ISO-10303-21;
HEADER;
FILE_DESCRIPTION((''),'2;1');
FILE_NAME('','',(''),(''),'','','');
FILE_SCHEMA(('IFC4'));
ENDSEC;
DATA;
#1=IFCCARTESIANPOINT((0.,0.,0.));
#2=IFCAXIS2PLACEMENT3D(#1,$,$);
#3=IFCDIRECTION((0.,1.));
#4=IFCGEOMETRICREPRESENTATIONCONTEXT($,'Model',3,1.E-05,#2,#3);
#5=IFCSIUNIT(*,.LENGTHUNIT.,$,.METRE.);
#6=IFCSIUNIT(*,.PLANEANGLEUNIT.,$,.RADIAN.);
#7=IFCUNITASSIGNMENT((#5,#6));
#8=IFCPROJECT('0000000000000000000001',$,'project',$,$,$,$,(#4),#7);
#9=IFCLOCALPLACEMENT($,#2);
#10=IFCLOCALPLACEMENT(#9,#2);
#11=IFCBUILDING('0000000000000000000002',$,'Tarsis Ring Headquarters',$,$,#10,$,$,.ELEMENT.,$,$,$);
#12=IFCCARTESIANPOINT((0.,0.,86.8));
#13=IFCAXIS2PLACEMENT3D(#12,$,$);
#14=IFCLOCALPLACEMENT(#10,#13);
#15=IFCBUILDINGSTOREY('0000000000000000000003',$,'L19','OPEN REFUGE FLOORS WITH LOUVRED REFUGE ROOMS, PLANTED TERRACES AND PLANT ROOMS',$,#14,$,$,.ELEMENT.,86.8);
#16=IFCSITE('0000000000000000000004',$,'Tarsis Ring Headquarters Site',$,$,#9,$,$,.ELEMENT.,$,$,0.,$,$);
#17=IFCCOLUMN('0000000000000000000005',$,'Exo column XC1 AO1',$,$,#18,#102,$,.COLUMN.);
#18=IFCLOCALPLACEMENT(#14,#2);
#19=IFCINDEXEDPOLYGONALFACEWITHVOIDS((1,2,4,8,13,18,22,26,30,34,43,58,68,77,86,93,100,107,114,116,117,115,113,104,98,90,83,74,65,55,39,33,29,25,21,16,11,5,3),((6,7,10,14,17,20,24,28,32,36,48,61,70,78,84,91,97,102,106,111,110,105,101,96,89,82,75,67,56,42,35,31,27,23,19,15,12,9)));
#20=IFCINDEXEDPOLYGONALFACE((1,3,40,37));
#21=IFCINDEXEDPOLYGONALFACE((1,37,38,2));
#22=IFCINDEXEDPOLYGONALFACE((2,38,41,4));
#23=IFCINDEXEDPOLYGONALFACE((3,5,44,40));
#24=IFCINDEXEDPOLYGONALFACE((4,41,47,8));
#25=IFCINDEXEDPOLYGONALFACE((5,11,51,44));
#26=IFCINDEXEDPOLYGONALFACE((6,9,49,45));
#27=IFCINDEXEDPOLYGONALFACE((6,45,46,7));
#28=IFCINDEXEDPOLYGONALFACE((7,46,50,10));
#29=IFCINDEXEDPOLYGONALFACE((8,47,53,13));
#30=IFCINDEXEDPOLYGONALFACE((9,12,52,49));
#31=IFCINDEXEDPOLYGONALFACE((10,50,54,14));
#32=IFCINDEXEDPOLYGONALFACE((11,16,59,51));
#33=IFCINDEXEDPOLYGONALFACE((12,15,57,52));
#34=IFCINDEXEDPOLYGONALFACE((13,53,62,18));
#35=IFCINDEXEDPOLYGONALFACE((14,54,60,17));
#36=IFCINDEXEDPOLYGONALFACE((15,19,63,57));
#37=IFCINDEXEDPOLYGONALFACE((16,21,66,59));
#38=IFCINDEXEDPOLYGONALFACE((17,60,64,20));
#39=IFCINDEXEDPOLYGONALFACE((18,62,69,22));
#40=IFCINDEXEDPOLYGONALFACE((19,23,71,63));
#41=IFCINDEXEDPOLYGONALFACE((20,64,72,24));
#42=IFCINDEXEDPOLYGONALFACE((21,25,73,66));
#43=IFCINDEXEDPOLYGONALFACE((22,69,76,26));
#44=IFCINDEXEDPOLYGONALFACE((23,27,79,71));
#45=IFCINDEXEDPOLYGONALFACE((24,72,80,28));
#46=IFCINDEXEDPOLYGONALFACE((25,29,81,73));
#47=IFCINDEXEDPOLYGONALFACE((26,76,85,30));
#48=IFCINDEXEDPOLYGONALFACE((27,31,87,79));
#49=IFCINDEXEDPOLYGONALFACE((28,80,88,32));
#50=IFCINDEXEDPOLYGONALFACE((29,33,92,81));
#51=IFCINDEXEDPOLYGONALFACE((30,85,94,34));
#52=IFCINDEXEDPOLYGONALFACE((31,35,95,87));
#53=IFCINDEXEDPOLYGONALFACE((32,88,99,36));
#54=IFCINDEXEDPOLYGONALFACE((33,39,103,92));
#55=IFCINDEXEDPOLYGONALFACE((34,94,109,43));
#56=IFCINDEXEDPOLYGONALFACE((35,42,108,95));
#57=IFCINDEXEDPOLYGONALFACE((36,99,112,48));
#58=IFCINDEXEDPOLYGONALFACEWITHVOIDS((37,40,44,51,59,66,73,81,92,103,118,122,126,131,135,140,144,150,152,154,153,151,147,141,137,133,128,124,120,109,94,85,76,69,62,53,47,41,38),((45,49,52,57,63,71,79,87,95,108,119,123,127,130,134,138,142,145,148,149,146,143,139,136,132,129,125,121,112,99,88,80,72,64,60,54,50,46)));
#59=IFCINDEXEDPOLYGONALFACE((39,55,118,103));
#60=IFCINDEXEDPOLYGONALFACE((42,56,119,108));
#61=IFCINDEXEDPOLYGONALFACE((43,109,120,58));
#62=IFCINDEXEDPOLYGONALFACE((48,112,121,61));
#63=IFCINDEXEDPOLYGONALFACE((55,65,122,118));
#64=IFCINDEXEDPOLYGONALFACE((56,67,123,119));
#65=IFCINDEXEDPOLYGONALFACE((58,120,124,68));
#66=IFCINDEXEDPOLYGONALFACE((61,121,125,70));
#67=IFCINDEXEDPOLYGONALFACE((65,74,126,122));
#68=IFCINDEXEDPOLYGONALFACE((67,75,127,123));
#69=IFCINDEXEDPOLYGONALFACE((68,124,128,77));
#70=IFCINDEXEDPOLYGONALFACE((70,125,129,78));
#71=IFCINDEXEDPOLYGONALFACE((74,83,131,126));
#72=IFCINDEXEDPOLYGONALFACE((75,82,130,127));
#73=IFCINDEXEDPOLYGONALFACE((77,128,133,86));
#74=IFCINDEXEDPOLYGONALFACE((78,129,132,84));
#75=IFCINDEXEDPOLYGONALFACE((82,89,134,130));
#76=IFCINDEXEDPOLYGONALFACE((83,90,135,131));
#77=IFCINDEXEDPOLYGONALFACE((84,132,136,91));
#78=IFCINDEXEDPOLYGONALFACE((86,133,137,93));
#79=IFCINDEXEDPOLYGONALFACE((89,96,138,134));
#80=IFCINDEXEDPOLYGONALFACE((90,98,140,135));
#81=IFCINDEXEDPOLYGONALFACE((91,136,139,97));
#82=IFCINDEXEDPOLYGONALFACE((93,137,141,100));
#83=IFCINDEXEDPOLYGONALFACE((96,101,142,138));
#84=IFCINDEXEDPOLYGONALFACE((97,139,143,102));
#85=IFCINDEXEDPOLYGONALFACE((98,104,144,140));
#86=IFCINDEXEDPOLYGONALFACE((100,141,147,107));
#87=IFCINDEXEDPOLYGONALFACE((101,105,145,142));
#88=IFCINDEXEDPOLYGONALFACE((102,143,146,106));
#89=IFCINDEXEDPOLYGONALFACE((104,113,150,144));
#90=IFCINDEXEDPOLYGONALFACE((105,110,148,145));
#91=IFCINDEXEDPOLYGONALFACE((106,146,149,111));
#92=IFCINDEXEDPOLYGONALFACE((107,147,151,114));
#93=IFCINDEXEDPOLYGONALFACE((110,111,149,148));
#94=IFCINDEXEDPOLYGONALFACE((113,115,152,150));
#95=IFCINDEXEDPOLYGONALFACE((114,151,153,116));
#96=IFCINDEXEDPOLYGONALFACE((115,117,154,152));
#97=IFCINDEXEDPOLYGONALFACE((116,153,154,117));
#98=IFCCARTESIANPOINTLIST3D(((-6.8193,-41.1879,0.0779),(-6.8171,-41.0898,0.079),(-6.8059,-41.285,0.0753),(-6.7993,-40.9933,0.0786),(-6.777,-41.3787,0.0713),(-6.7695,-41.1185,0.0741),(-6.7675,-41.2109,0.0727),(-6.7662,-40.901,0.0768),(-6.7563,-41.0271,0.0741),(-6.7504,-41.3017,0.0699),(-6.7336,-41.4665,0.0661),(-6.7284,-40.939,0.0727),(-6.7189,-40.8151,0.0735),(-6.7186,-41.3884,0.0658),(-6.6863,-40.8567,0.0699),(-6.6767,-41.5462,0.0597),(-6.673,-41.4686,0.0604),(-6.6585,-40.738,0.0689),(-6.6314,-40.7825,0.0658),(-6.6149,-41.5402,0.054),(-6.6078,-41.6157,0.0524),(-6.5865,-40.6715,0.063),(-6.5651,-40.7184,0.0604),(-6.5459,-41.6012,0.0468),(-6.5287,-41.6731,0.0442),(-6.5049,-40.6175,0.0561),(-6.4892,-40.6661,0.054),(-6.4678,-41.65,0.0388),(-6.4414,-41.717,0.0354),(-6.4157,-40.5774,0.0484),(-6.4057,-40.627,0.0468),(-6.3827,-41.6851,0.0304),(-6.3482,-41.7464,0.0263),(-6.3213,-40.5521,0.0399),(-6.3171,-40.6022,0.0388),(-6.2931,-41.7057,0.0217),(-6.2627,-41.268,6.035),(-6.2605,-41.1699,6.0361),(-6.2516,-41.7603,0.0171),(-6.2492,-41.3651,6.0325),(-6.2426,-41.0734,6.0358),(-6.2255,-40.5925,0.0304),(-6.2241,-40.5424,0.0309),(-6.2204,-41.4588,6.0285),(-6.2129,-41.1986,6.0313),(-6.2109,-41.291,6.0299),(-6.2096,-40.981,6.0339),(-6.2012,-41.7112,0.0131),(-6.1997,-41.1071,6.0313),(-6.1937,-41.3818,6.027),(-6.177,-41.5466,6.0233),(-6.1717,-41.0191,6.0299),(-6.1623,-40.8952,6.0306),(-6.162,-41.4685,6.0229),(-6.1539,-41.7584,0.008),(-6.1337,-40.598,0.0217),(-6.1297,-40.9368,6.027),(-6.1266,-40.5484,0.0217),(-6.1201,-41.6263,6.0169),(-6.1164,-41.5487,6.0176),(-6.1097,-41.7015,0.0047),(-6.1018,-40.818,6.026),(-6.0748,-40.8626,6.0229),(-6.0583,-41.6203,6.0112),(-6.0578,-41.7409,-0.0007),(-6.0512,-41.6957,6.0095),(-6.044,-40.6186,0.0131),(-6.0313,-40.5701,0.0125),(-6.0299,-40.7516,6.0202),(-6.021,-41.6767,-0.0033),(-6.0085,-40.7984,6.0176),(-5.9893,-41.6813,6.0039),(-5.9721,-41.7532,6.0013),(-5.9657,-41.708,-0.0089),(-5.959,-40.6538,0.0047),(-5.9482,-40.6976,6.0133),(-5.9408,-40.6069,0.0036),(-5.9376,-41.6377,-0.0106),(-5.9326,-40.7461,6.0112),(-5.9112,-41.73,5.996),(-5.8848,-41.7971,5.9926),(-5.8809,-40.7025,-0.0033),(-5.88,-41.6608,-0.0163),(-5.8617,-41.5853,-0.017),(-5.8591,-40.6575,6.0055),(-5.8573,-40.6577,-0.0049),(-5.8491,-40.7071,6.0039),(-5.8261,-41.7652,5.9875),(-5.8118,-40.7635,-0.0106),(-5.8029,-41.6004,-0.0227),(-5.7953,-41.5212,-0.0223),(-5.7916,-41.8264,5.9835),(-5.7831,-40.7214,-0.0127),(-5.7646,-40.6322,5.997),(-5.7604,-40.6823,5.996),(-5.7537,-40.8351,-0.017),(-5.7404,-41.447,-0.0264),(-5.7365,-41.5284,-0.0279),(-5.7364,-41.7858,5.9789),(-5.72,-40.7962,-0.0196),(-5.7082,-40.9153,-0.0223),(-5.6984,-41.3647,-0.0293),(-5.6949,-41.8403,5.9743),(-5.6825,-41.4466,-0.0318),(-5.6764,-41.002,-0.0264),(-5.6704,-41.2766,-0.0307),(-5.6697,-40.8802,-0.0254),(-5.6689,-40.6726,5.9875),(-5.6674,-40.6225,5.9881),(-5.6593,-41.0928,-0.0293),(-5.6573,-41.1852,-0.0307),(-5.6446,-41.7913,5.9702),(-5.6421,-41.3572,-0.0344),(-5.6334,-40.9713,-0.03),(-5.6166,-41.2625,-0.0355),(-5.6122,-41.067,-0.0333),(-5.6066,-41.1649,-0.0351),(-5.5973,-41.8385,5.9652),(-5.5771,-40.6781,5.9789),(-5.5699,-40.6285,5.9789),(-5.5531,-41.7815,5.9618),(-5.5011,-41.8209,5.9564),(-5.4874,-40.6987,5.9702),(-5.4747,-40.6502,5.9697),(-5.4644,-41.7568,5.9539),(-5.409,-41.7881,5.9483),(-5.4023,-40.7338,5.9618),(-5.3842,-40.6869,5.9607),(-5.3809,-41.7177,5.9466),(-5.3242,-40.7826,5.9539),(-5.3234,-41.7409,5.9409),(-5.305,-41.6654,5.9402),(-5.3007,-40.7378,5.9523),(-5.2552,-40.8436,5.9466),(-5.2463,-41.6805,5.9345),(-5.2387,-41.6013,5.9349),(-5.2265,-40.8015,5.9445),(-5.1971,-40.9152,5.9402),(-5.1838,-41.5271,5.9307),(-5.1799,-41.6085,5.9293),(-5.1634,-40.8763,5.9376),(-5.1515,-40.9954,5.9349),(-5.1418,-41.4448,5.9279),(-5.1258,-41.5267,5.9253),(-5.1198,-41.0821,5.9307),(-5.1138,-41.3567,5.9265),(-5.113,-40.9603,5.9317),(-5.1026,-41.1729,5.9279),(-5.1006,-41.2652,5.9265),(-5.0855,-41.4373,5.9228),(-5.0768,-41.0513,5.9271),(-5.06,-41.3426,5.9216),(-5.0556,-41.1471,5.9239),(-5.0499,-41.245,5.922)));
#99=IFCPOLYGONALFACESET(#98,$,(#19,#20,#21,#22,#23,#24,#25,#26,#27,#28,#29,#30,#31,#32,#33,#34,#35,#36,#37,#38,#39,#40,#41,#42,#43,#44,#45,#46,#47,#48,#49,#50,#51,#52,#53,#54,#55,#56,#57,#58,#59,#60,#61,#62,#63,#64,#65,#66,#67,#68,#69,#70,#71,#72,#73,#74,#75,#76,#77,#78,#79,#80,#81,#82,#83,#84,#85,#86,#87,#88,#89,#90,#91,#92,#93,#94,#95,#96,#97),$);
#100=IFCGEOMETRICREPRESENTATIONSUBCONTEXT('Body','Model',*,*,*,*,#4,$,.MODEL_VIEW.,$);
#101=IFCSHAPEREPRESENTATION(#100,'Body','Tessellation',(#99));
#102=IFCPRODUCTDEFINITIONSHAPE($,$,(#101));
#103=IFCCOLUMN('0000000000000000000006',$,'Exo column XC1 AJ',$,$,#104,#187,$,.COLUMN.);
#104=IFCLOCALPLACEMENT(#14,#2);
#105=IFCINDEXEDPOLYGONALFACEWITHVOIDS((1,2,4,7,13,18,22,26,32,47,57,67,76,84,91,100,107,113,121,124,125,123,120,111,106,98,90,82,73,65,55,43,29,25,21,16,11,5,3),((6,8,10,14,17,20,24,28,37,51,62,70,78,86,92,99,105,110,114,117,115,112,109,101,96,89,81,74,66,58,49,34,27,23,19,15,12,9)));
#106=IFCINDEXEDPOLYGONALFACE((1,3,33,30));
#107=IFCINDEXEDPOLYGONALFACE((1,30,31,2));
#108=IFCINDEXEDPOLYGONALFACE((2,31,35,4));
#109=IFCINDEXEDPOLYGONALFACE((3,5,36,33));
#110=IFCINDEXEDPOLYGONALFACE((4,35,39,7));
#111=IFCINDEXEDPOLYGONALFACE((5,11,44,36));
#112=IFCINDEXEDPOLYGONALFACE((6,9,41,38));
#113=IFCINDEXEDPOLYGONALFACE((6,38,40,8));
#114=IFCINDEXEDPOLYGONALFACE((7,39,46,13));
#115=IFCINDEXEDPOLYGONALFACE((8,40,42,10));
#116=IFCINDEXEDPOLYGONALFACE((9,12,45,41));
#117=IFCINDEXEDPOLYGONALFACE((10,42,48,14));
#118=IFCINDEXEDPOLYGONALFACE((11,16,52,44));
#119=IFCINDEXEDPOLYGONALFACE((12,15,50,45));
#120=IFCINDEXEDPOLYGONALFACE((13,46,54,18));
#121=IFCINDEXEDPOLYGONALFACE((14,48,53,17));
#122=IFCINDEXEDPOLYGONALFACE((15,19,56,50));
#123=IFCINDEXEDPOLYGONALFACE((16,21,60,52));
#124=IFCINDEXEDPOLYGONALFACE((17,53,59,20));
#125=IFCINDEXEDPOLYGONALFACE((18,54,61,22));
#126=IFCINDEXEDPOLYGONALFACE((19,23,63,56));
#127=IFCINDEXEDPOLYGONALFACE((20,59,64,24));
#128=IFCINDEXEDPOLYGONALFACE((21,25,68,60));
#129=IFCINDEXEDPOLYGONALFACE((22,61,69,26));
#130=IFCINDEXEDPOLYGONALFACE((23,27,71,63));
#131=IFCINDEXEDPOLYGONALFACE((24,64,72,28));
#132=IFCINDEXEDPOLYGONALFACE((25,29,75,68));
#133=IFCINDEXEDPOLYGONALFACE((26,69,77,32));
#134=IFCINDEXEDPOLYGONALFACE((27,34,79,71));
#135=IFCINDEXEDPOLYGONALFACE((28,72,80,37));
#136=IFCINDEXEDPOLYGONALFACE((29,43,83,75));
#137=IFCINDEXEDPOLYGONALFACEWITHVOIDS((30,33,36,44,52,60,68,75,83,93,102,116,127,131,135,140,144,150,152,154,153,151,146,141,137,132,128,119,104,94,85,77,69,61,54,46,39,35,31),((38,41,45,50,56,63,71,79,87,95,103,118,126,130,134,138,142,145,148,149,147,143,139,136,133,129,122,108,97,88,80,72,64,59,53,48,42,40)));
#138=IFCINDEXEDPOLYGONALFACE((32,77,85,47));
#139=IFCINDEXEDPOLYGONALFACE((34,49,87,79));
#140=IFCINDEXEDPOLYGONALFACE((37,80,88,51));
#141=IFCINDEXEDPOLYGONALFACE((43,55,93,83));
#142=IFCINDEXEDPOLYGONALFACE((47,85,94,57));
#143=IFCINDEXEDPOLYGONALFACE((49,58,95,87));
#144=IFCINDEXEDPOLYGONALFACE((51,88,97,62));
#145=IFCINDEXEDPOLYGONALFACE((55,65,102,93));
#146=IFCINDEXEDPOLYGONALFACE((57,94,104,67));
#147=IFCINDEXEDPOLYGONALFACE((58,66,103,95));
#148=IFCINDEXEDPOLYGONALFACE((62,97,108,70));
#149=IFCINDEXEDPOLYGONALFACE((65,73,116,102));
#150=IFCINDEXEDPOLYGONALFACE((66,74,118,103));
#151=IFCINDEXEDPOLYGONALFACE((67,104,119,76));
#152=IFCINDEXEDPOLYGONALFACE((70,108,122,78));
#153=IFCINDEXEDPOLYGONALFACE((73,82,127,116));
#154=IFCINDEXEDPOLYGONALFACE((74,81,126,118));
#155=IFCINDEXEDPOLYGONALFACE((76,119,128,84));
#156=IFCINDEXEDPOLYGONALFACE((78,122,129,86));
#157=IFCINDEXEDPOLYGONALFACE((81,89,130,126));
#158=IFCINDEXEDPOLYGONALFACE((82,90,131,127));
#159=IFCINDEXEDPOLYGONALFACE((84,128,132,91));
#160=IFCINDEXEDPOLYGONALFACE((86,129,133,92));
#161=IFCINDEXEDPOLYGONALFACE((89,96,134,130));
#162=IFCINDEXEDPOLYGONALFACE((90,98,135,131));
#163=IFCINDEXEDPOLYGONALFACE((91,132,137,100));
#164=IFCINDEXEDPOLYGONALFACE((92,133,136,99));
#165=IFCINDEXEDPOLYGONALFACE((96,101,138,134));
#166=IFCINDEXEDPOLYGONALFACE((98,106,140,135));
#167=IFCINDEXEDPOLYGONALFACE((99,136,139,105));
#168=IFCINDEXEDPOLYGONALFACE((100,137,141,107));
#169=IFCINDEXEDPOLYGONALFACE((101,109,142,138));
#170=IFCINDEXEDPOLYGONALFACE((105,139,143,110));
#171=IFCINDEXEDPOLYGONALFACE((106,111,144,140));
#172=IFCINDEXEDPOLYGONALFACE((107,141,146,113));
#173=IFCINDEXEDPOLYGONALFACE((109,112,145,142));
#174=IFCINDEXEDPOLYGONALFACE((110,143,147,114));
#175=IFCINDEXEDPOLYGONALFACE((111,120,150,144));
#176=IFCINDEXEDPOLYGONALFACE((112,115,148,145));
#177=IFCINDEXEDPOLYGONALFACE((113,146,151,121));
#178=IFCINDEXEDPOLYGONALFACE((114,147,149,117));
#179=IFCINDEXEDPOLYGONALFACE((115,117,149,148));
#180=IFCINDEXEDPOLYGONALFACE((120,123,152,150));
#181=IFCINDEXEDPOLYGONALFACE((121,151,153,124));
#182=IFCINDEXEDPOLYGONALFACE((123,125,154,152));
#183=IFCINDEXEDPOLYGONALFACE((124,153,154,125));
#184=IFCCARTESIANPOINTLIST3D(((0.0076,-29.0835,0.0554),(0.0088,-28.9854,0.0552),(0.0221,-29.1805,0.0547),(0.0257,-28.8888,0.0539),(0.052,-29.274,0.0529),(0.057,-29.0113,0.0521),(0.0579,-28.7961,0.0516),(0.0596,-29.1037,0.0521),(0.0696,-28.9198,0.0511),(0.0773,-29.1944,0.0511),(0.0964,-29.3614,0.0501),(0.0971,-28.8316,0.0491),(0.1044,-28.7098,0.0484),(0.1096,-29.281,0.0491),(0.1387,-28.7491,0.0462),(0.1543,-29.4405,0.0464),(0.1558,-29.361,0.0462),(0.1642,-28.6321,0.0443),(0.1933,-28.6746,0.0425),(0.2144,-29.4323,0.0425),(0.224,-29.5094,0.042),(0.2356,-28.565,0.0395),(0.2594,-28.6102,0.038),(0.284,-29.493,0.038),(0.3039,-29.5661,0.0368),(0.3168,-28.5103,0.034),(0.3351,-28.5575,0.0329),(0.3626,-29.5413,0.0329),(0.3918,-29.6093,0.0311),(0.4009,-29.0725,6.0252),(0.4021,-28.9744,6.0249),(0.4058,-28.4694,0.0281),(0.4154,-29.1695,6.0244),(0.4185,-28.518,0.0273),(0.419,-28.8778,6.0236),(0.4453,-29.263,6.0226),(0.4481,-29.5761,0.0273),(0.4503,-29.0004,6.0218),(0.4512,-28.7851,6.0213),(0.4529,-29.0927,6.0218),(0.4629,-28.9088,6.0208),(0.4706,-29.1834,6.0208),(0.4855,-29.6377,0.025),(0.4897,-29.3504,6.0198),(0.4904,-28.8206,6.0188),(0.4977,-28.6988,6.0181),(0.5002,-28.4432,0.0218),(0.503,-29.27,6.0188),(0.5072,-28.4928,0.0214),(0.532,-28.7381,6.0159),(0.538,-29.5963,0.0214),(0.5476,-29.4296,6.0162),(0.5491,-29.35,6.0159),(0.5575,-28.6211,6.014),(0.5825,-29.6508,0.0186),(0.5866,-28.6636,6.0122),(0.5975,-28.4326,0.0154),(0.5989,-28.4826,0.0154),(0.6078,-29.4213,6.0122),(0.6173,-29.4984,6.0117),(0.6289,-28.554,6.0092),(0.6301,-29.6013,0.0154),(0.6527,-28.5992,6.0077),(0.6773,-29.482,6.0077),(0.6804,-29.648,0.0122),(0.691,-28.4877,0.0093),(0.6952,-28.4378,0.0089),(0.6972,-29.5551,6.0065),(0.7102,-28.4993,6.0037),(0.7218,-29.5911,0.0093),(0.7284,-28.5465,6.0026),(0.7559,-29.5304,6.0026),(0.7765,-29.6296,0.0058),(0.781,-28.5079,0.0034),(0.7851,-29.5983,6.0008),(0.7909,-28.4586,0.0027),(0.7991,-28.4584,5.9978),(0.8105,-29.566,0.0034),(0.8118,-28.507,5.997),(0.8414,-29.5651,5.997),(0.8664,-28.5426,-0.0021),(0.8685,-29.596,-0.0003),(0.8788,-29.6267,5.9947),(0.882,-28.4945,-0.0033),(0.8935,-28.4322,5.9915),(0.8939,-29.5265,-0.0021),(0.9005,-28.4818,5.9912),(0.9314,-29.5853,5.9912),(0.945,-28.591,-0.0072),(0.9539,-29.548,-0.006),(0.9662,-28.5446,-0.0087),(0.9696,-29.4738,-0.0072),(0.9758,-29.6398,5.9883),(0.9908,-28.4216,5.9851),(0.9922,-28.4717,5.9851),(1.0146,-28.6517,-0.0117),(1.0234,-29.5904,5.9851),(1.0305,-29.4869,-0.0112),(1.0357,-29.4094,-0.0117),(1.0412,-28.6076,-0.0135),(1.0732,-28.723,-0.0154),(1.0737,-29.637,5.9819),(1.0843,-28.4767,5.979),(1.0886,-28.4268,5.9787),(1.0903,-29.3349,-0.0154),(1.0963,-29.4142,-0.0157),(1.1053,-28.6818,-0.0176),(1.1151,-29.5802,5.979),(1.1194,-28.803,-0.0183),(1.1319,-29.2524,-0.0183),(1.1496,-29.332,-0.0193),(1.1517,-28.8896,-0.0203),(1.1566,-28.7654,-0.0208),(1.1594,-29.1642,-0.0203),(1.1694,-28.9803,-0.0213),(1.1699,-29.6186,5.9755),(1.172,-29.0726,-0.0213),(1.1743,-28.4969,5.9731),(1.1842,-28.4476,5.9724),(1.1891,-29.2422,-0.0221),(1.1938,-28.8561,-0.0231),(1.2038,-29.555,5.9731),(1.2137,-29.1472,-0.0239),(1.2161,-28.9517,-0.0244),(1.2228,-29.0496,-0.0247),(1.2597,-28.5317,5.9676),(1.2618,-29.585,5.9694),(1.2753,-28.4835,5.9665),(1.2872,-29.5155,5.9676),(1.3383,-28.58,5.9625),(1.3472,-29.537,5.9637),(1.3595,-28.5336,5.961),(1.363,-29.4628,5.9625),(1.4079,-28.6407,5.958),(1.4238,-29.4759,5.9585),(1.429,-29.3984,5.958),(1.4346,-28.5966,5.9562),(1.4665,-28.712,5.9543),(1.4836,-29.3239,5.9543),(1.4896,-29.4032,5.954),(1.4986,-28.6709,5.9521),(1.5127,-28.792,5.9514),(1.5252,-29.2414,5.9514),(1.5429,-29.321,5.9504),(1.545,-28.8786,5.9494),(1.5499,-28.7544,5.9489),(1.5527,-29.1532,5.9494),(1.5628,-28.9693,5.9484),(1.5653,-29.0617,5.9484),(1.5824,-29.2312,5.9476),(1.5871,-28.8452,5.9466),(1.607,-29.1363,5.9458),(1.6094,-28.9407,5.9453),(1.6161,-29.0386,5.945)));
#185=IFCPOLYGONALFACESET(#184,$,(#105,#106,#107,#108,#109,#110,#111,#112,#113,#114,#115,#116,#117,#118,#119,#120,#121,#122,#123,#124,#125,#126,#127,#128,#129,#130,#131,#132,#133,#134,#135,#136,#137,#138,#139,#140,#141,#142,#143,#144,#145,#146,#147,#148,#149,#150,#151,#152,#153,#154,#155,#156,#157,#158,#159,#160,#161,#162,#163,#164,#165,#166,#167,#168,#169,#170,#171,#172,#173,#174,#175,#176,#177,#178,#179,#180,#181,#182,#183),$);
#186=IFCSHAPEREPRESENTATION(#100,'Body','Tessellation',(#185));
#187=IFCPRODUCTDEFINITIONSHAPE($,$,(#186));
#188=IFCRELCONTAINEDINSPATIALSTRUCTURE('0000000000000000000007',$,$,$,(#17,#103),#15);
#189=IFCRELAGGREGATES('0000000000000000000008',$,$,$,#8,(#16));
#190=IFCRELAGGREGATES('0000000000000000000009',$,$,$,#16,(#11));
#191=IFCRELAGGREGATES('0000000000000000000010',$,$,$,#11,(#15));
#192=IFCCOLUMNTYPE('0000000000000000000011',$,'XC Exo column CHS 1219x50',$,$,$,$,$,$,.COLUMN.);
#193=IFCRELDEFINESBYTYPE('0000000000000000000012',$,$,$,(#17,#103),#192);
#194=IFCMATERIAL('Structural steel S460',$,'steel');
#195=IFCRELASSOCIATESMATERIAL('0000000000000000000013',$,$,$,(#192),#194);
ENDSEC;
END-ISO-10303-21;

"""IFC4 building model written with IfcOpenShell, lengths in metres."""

from ifc_helpers import new_model, si_unit, direction, frame, origin, origin_2d, place, context, subcontext, project, spatial, hollow_circle, extrude, material, material_profile, profile_set, type_object, element, save


model = new_model("IFC4")

# Units and contexts
model_context = context("Model", 3, precision=1e-05, world=origin(), true_north=direction((0.0, 1.0)))
body_context = subcontext(model_context, "Body", "Model", "MODEL_VIEW")
ifc_project = project(units=[si_unit("LENGTHUNIT", "METRE"), si_unit("PLANEANGLEUNIT", "RADIAN")], contexts=[model_context])

# Site, building, storey
site_placement = place(None, origin())
site = spatial("IfcSite", under=ifc_project, at=site_placement, Name="Tarsis Ring Headquarters Site", CompositionType="ELEMENT", RefElevation=0.0)
building_placement = place(site_placement, origin())
building = spatial("IfcBuilding", under=site, at=building_placement, Name="Tarsis Ring Headquarters", CompositionType="ELEMENT")
storey_placement = place(building_placement, frame((0.0, 0.0, 86.8)))
storey = spatial("IfcBuildingStorey", under=building, at=storey_placement, Name="L19", Description="OPEN REFUGE FLOORS WITH LOUVRED REFUGE ROOMS, PLANTED TERRACES AND PLANT ROOMS", CompositionType="ELEMENT", Elevation=86.8)

# Columns
ifc_material_1 = material(Name="Structural steel S460", Category="steel")
ifc_material_profile_1 = material_profile(ifc_material_1, hollow_circle(Radius=0.6096, WallThickness=0.05, at=origin_2d()), Name="CHS 1219x50")
ifc_profile_set_1 = profile_set([ifc_material_profile_1], Name="Structural steel S460")
column_type = type_object("IfcColumnType", Name="XC Exo column CHS 1219x50", PredefinedType="COLUMN", material=ifc_profile_set_1)
column_1_placement = place(storey_placement, frame((-6.2134, -41.1519, 0.0217), z_axis=(0.093025, -0.013383, 0.995574), x_axis=(0.142394, 0.98981, 0.0)))
element("IfcColumn", 1, at=column_1_placement, inside=storey, type_object=column_type, Name="Exo column XC1 AO1", PredefinedType="COLUMN", context=body_context, shape_type="SweptSolid", body=[
    extrude(hollow_circle(Radius=0.6096, WallThickness=0.05, at=origin_2d()), origin(), (0.0, 0.0, 1.0), 5.9836),
])
column_2_placement = place(storey_placement, frame((0.6145, -29.042, 0.0154), z_axis=(0.065742, 0.001836, 0.997835), x_axis=(-0.027922, 0.99961, 0.0)))
element("IfcColumn", 2, at=column_2_placement, inside=storey, type_object=column_type, Name="Exo column XC1 AJ", PredefinedType="COLUMN", context=body_context, shape_type="SweptSolid", body=[
    extrude(hollow_circle(Radius=0.6096, WallThickness=0.05, at=origin_2d()), origin(), (0.0, 0.0, 1.0), 5.9827),
])

save(model, "model.ifc")
